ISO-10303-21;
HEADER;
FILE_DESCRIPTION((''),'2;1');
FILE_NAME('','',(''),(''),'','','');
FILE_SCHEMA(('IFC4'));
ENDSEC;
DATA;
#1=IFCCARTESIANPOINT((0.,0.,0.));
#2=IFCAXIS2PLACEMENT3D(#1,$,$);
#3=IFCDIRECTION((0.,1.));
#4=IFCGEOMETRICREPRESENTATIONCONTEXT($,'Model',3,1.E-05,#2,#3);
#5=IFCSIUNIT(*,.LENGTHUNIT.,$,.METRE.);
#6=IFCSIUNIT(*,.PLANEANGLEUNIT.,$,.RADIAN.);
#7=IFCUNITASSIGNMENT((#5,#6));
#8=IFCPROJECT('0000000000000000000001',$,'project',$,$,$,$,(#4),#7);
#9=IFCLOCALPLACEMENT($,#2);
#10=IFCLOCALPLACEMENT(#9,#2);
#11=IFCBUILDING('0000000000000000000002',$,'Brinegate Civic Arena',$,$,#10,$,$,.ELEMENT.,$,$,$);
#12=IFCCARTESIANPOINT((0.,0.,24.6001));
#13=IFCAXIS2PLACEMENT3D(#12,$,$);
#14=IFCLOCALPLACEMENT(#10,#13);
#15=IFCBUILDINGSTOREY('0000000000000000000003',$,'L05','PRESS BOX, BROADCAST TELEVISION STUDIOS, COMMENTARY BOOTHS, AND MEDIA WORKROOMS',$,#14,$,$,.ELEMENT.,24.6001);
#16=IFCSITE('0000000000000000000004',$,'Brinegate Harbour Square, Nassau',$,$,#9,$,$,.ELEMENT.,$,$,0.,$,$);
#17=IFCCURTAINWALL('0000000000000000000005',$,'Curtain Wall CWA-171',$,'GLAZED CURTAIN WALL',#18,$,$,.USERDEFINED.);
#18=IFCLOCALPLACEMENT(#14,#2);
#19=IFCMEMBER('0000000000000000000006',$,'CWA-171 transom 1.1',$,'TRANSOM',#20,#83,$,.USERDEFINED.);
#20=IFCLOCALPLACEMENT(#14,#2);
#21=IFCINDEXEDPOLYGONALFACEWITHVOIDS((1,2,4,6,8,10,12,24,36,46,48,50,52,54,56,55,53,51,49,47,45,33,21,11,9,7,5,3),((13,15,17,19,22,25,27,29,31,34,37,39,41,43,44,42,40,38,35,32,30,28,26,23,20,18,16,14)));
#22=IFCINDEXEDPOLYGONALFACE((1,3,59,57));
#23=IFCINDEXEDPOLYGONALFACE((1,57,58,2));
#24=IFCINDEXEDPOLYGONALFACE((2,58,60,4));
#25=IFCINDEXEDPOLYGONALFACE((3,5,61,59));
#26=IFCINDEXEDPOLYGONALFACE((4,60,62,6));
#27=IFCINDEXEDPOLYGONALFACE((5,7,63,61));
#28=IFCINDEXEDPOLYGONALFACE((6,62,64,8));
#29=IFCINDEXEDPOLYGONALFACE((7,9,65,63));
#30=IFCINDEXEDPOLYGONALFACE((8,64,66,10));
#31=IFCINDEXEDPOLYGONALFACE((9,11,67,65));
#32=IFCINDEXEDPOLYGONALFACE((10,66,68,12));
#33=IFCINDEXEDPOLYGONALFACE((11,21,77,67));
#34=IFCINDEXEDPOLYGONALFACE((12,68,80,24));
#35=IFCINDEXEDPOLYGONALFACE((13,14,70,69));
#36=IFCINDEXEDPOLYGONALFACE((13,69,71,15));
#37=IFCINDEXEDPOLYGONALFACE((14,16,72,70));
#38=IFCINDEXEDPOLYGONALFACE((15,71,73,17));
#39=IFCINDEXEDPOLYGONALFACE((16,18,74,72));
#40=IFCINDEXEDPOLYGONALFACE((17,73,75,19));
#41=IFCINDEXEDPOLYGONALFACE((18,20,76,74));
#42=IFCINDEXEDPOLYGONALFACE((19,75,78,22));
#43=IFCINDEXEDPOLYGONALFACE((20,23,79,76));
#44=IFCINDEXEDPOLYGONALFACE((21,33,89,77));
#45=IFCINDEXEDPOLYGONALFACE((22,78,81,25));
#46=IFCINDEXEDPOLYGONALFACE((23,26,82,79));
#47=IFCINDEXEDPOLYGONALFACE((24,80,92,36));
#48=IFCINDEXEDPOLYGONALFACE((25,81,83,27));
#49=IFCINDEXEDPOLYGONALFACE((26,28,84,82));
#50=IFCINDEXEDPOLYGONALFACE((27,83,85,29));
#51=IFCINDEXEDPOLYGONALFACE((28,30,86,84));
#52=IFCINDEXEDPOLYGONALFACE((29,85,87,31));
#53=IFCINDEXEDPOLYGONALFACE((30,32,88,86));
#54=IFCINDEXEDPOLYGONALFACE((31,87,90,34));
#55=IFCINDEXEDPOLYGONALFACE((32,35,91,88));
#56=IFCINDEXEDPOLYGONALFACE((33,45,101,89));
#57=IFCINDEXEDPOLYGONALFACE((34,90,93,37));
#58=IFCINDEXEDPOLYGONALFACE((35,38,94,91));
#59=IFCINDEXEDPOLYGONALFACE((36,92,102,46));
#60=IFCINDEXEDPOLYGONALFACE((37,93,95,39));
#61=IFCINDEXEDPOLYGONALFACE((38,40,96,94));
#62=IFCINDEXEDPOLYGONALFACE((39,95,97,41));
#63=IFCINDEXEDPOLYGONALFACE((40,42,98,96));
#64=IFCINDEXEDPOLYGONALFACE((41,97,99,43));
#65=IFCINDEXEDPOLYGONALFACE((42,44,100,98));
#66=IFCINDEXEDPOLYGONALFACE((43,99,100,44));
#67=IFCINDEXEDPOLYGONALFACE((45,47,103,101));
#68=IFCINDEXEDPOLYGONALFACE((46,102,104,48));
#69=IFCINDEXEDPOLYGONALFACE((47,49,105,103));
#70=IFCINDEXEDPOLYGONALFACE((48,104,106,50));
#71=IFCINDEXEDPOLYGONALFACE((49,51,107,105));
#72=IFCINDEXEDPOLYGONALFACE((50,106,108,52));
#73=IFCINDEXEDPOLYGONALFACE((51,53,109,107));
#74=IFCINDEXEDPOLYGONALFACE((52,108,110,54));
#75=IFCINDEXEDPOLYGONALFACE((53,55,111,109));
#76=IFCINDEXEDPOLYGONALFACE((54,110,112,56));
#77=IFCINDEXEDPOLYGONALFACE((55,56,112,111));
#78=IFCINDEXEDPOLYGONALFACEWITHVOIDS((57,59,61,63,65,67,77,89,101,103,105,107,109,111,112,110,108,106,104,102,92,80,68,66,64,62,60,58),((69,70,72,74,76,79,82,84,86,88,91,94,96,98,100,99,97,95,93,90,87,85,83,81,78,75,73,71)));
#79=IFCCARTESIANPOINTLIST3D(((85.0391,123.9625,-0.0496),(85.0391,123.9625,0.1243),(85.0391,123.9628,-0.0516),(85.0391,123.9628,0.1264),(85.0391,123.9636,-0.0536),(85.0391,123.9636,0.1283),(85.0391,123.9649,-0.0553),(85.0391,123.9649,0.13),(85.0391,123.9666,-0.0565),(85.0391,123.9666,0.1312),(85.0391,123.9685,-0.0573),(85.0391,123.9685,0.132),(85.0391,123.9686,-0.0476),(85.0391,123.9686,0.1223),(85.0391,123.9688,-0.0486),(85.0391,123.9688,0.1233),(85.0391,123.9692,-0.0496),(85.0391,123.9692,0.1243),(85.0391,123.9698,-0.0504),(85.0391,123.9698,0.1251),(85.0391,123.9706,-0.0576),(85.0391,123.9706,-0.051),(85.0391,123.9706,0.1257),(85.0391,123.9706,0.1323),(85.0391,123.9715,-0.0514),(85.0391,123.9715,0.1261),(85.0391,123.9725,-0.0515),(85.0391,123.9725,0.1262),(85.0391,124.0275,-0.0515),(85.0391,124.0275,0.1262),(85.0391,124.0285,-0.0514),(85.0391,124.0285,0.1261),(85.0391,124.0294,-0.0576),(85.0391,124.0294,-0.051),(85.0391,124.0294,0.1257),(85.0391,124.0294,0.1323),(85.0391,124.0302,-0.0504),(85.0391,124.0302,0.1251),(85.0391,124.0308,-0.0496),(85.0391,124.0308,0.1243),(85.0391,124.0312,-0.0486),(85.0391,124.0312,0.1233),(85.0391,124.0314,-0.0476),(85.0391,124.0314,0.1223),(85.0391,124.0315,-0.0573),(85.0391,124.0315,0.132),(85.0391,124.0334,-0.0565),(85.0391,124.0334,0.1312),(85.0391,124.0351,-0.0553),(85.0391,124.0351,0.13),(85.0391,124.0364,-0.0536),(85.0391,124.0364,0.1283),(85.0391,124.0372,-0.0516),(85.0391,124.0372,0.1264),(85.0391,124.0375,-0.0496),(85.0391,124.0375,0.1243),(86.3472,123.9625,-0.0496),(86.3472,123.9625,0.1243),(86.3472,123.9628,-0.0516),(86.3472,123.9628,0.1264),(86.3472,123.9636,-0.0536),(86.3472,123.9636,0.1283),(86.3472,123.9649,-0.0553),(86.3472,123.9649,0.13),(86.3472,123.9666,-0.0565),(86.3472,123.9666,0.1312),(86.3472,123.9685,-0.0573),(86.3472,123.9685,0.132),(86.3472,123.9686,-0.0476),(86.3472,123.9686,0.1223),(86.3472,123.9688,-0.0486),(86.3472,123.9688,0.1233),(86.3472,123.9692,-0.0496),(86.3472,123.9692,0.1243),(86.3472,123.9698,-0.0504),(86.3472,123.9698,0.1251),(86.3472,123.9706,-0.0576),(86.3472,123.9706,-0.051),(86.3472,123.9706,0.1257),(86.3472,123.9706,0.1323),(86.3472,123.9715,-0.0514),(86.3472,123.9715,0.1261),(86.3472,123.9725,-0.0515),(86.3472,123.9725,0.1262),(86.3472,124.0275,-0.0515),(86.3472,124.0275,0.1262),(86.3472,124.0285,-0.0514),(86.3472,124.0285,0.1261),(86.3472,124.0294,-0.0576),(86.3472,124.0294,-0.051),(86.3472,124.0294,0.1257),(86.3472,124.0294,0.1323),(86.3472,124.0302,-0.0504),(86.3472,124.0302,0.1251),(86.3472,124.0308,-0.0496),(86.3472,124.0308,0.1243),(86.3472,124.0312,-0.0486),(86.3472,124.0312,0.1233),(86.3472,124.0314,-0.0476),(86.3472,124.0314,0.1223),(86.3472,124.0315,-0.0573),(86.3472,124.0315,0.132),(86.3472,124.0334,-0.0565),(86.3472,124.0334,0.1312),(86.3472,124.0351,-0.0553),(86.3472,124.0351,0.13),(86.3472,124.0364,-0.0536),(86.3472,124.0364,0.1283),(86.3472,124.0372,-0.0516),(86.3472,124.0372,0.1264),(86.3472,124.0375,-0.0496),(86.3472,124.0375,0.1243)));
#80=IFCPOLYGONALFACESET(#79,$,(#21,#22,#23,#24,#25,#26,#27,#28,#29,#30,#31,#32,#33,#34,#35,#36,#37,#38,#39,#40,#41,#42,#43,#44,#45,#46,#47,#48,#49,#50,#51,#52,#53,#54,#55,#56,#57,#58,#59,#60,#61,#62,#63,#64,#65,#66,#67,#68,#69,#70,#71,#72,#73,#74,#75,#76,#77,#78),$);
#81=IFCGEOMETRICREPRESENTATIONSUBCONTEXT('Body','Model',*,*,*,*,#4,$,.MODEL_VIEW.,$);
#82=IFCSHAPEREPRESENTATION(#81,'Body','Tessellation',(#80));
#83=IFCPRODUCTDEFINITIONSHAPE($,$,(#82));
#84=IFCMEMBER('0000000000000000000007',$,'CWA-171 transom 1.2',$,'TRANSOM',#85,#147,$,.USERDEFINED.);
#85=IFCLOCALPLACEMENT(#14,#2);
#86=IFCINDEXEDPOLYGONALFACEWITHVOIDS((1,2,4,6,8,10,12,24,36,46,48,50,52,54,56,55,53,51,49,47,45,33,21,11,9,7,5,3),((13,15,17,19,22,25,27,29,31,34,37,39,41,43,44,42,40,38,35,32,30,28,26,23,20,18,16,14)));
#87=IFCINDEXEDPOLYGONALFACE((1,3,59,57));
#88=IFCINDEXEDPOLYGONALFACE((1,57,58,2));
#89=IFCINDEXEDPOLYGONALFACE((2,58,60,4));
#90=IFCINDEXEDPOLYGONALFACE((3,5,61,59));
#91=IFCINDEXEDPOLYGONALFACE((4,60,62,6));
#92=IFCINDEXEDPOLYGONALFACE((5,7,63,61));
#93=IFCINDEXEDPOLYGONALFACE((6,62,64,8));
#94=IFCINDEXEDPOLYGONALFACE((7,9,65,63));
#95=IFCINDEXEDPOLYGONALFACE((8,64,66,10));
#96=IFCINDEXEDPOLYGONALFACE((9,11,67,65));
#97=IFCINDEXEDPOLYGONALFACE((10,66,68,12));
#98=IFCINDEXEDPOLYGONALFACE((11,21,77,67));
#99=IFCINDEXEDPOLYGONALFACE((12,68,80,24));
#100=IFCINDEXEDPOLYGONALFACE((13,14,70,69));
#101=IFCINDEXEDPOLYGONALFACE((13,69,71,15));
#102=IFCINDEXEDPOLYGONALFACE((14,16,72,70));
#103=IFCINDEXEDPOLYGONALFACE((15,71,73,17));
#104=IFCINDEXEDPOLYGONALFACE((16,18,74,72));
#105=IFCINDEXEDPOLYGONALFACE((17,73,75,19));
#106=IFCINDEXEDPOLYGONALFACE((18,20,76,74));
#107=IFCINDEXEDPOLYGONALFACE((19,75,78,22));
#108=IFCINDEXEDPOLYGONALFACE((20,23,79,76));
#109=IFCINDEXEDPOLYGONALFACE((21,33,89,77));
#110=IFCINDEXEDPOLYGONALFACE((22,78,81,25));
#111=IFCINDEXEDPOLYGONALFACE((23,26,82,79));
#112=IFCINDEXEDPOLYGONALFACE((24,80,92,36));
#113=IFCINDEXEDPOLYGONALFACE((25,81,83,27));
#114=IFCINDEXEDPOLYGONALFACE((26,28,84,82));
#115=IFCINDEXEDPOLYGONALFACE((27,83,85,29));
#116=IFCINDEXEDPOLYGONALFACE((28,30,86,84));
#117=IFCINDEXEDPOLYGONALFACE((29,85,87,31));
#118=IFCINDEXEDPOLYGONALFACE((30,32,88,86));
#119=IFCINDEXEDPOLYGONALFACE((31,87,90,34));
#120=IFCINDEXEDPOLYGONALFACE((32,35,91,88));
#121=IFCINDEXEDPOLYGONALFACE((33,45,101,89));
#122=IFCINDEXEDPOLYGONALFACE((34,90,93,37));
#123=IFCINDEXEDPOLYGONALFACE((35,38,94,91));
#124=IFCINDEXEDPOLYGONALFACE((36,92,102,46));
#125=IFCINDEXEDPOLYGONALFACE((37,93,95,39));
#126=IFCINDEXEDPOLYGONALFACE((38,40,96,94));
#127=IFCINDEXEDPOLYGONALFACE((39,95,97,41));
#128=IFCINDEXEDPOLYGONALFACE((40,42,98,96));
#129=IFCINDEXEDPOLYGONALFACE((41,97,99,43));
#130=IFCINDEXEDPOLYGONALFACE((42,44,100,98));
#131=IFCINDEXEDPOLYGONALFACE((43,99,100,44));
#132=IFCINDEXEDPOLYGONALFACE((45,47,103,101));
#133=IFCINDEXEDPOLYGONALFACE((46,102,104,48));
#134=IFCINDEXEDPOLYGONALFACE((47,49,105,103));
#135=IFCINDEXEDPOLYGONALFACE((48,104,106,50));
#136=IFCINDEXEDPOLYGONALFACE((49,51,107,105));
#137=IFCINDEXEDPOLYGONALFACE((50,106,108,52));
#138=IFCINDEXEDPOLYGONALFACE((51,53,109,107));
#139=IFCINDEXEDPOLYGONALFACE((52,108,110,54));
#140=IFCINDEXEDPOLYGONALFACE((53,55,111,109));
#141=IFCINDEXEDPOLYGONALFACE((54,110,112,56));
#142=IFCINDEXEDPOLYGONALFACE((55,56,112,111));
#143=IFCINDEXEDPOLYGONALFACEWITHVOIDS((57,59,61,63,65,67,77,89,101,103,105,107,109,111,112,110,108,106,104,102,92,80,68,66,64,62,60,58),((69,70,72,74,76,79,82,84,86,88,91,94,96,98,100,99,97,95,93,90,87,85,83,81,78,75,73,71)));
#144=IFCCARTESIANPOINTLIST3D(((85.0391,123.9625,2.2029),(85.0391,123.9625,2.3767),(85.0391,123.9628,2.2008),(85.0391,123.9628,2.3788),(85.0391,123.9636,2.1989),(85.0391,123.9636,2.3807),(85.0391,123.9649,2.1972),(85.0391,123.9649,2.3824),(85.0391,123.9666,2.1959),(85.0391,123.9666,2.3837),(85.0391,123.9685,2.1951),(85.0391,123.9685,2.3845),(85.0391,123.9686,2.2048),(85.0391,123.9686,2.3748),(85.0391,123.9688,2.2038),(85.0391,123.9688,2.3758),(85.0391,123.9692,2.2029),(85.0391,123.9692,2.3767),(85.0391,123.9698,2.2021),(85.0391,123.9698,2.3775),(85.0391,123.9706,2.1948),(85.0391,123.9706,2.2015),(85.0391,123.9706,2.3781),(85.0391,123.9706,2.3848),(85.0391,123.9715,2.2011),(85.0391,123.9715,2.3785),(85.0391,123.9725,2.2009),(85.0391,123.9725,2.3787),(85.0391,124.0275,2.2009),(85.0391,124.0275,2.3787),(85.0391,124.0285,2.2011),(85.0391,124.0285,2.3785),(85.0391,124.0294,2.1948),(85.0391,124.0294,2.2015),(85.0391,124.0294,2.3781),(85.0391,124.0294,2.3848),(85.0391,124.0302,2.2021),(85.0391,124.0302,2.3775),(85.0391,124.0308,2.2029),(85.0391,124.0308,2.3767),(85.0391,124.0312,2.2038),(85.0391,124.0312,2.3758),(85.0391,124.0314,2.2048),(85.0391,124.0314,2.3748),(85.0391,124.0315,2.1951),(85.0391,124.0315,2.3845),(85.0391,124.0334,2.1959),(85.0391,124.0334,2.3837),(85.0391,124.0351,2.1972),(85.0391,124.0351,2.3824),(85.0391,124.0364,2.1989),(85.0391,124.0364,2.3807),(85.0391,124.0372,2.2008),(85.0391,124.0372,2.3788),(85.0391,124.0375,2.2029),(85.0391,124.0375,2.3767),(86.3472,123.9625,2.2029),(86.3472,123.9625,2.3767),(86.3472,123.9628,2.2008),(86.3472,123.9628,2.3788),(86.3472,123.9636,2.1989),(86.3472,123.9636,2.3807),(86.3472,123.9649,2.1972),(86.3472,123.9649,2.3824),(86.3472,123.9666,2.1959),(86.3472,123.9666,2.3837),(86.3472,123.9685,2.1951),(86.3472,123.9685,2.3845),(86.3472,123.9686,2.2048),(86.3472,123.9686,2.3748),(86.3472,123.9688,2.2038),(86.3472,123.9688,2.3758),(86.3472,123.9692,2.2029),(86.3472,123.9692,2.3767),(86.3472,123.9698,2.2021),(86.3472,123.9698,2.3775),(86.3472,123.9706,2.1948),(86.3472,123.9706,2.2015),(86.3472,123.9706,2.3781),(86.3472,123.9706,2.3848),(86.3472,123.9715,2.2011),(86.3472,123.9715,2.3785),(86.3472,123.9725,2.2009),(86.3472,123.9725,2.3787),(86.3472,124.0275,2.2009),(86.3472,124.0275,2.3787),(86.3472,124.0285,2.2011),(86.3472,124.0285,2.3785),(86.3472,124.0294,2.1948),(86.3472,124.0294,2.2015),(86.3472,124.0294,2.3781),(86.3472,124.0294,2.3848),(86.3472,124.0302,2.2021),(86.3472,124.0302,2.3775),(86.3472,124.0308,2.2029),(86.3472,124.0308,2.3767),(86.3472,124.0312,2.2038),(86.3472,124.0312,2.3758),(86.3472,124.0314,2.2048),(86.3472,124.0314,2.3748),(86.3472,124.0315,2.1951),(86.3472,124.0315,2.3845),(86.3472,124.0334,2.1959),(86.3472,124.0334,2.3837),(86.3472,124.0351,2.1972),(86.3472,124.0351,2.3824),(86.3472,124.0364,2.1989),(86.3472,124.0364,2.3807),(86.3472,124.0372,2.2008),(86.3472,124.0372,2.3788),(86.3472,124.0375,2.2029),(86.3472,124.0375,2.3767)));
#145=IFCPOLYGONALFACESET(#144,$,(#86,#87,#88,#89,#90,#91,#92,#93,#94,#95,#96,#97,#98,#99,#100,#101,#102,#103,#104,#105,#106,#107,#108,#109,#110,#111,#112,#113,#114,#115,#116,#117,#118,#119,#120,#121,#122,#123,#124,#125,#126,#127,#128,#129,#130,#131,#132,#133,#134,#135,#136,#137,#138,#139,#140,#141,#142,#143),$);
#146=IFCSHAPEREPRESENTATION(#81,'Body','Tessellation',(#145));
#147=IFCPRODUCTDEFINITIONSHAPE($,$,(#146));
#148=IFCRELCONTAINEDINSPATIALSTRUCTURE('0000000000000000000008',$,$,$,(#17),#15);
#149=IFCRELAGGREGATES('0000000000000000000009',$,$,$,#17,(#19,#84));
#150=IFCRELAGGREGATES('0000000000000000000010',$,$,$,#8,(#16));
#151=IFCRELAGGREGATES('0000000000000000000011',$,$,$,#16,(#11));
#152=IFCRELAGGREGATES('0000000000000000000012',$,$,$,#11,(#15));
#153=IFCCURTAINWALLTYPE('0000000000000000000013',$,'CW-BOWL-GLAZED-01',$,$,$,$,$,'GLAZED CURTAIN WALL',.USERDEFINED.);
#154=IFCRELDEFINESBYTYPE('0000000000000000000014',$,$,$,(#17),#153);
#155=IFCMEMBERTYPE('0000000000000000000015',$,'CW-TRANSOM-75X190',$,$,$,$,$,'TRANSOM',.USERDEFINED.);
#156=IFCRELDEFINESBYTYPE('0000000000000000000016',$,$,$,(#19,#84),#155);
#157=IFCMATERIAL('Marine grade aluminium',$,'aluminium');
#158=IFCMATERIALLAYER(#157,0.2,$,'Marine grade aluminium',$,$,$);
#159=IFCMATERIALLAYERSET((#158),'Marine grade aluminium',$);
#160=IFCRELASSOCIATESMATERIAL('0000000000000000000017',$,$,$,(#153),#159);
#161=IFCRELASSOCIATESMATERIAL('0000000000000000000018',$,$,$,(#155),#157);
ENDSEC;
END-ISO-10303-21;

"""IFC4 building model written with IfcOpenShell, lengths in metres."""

from ifc_helpers import new_model, si_unit, direction, frame, origin, origin_2d, place, context, subcontext, project, spatial, hollow_rectangle, extrude, material, layer, layer_set, material_profile, profile_set, type_object, element, aggregate, save


model = new_model("IFC4")

# Units and contexts
model_context = context("Model", 3, precision=1e-05, world=origin(), true_north=direction((0.0, 1.0)))
body_context = subcontext(model_context, "Body", "Model", "MODEL_VIEW")
ifc_project = project(units=[si_unit("LENGTHUNIT", "METRE"), si_unit("PLANEANGLEUNIT", "RADIAN")], contexts=[model_context])

# Site, building, storey
site_placement = place(None, origin())
site = spatial("IfcSite", under=ifc_project, at=site_placement, Name="Brinegate Harbour Square, Nassau", CompositionType="ELEMENT", RefElevation=0.0)
building_placement = place(site_placement, origin())
building = spatial("IfcBuilding", under=site, at=building_placement, Name="Brinegate Civic Arena", CompositionType="ELEMENT")
storey_placement = place(building_placement, frame((0.0, 0.0, 24.6001)))
storey = spatial("IfcBuildingStorey", under=building, at=storey_placement, Name="L05", Description="PRESS BOX, BROADCAST TELEVISION STUDIOS, COMMENTARY BOOTHS, AND MEDIA WORKROOMS", CompositionType="ELEMENT", Elevation=24.6001)

# Curtain wall, members
ifc_material_1 = material(Name="Marine grade aluminium", Category="aluminium")
ifc_layer_1 = layer(ifc_material_1, 0.2, Name="Marine grade aluminium")
ifc_layer_set_1 = layer_set([ifc_layer_1], Name="Marine grade aluminium")
curtain_wall_type = type_object("IfcCurtainWallType", Name="CW-BOWL-GLAZED-01", ElementType="GLAZED CURTAIN WALL", PredefinedType="USERDEFINED", material=ifc_layer_set_1)
curtain_wall_placement = place(storey_placement, origin())
curtain_wall = element("IfcCurtainWall", 1, at=curtain_wall_placement, inside=storey, type_object=curtain_wall_type, Name="Curtain Wall CWA-171", ObjectType="GLAZED CURTAIN WALL", PredefinedType="USERDEFINED")
ifc_material_profile_1 = material_profile(ifc_material_1, hollow_rectangle(XDim=0.075, YDim=0.1899, WallThickness=0.0061, InnerFilletRadius=0.0039, OuterFilletRadius=0.0081, at=origin_2d()), Name="TRN75X190")
ifc_profile_set_1 = profile_set([ifc_material_profile_1], Name="Marine grade aluminium")
member_type_1 = type_object("IfcMemberType", Name="CW-TRANSOM-75X190", ElementType="TRANSOM", PredefinedType="USERDEFINED", material=ifc_profile_set_1)
member_1_placement = place(storey_placement, frame((85.0391, 124.0, 0.0374), z_axis=(1.0, 0.0, 0.0), x_axis=(0.0, 1.0, 0.0)))
member_1 = element("IfcMember", 2, at=member_1_placement, type_object=member_type_1, Name="CWA-171 transom 1.1", ObjectType="TRANSOM", PredefinedType="USERDEFINED", context=body_context, shape_type="SweptSolid", body=[
    extrude(hollow_rectangle(XDim=0.075, YDim=0.1899, WallThickness=0.0061, InnerFilletRadius=0.0039, OuterFilletRadius=0.0081, at=origin_2d()), origin(), (0.0, 0.0, 1.0), 1.3081),
])
member_2_placement = place(storey_placement, frame((85.0391, 124.0, 2.2898), z_axis=(1.0, 0.0, 0.0), x_axis=(0.0, 1.0, 0.0)))
member_2 = element("IfcMember", 3, at=member_2_placement, type_object=member_type_1, Name="CWA-171 transom 1.2", ObjectType="TRANSOM", PredefinedType="USERDEFINED", context=body_context, shape_type="SweptSolid", body=[
    extrude(hollow_rectangle(XDim=0.075, YDim=0.1899, WallThickness=0.0061, InnerFilletRadius=0.0039, OuterFilletRadius=0.0081, at=origin_2d()), origin(), (0.0, 0.0, 1.0), 1.3081),
])

aggregate(curtain_wall, [member_1, member_2])

save(model, "model.ifc")
